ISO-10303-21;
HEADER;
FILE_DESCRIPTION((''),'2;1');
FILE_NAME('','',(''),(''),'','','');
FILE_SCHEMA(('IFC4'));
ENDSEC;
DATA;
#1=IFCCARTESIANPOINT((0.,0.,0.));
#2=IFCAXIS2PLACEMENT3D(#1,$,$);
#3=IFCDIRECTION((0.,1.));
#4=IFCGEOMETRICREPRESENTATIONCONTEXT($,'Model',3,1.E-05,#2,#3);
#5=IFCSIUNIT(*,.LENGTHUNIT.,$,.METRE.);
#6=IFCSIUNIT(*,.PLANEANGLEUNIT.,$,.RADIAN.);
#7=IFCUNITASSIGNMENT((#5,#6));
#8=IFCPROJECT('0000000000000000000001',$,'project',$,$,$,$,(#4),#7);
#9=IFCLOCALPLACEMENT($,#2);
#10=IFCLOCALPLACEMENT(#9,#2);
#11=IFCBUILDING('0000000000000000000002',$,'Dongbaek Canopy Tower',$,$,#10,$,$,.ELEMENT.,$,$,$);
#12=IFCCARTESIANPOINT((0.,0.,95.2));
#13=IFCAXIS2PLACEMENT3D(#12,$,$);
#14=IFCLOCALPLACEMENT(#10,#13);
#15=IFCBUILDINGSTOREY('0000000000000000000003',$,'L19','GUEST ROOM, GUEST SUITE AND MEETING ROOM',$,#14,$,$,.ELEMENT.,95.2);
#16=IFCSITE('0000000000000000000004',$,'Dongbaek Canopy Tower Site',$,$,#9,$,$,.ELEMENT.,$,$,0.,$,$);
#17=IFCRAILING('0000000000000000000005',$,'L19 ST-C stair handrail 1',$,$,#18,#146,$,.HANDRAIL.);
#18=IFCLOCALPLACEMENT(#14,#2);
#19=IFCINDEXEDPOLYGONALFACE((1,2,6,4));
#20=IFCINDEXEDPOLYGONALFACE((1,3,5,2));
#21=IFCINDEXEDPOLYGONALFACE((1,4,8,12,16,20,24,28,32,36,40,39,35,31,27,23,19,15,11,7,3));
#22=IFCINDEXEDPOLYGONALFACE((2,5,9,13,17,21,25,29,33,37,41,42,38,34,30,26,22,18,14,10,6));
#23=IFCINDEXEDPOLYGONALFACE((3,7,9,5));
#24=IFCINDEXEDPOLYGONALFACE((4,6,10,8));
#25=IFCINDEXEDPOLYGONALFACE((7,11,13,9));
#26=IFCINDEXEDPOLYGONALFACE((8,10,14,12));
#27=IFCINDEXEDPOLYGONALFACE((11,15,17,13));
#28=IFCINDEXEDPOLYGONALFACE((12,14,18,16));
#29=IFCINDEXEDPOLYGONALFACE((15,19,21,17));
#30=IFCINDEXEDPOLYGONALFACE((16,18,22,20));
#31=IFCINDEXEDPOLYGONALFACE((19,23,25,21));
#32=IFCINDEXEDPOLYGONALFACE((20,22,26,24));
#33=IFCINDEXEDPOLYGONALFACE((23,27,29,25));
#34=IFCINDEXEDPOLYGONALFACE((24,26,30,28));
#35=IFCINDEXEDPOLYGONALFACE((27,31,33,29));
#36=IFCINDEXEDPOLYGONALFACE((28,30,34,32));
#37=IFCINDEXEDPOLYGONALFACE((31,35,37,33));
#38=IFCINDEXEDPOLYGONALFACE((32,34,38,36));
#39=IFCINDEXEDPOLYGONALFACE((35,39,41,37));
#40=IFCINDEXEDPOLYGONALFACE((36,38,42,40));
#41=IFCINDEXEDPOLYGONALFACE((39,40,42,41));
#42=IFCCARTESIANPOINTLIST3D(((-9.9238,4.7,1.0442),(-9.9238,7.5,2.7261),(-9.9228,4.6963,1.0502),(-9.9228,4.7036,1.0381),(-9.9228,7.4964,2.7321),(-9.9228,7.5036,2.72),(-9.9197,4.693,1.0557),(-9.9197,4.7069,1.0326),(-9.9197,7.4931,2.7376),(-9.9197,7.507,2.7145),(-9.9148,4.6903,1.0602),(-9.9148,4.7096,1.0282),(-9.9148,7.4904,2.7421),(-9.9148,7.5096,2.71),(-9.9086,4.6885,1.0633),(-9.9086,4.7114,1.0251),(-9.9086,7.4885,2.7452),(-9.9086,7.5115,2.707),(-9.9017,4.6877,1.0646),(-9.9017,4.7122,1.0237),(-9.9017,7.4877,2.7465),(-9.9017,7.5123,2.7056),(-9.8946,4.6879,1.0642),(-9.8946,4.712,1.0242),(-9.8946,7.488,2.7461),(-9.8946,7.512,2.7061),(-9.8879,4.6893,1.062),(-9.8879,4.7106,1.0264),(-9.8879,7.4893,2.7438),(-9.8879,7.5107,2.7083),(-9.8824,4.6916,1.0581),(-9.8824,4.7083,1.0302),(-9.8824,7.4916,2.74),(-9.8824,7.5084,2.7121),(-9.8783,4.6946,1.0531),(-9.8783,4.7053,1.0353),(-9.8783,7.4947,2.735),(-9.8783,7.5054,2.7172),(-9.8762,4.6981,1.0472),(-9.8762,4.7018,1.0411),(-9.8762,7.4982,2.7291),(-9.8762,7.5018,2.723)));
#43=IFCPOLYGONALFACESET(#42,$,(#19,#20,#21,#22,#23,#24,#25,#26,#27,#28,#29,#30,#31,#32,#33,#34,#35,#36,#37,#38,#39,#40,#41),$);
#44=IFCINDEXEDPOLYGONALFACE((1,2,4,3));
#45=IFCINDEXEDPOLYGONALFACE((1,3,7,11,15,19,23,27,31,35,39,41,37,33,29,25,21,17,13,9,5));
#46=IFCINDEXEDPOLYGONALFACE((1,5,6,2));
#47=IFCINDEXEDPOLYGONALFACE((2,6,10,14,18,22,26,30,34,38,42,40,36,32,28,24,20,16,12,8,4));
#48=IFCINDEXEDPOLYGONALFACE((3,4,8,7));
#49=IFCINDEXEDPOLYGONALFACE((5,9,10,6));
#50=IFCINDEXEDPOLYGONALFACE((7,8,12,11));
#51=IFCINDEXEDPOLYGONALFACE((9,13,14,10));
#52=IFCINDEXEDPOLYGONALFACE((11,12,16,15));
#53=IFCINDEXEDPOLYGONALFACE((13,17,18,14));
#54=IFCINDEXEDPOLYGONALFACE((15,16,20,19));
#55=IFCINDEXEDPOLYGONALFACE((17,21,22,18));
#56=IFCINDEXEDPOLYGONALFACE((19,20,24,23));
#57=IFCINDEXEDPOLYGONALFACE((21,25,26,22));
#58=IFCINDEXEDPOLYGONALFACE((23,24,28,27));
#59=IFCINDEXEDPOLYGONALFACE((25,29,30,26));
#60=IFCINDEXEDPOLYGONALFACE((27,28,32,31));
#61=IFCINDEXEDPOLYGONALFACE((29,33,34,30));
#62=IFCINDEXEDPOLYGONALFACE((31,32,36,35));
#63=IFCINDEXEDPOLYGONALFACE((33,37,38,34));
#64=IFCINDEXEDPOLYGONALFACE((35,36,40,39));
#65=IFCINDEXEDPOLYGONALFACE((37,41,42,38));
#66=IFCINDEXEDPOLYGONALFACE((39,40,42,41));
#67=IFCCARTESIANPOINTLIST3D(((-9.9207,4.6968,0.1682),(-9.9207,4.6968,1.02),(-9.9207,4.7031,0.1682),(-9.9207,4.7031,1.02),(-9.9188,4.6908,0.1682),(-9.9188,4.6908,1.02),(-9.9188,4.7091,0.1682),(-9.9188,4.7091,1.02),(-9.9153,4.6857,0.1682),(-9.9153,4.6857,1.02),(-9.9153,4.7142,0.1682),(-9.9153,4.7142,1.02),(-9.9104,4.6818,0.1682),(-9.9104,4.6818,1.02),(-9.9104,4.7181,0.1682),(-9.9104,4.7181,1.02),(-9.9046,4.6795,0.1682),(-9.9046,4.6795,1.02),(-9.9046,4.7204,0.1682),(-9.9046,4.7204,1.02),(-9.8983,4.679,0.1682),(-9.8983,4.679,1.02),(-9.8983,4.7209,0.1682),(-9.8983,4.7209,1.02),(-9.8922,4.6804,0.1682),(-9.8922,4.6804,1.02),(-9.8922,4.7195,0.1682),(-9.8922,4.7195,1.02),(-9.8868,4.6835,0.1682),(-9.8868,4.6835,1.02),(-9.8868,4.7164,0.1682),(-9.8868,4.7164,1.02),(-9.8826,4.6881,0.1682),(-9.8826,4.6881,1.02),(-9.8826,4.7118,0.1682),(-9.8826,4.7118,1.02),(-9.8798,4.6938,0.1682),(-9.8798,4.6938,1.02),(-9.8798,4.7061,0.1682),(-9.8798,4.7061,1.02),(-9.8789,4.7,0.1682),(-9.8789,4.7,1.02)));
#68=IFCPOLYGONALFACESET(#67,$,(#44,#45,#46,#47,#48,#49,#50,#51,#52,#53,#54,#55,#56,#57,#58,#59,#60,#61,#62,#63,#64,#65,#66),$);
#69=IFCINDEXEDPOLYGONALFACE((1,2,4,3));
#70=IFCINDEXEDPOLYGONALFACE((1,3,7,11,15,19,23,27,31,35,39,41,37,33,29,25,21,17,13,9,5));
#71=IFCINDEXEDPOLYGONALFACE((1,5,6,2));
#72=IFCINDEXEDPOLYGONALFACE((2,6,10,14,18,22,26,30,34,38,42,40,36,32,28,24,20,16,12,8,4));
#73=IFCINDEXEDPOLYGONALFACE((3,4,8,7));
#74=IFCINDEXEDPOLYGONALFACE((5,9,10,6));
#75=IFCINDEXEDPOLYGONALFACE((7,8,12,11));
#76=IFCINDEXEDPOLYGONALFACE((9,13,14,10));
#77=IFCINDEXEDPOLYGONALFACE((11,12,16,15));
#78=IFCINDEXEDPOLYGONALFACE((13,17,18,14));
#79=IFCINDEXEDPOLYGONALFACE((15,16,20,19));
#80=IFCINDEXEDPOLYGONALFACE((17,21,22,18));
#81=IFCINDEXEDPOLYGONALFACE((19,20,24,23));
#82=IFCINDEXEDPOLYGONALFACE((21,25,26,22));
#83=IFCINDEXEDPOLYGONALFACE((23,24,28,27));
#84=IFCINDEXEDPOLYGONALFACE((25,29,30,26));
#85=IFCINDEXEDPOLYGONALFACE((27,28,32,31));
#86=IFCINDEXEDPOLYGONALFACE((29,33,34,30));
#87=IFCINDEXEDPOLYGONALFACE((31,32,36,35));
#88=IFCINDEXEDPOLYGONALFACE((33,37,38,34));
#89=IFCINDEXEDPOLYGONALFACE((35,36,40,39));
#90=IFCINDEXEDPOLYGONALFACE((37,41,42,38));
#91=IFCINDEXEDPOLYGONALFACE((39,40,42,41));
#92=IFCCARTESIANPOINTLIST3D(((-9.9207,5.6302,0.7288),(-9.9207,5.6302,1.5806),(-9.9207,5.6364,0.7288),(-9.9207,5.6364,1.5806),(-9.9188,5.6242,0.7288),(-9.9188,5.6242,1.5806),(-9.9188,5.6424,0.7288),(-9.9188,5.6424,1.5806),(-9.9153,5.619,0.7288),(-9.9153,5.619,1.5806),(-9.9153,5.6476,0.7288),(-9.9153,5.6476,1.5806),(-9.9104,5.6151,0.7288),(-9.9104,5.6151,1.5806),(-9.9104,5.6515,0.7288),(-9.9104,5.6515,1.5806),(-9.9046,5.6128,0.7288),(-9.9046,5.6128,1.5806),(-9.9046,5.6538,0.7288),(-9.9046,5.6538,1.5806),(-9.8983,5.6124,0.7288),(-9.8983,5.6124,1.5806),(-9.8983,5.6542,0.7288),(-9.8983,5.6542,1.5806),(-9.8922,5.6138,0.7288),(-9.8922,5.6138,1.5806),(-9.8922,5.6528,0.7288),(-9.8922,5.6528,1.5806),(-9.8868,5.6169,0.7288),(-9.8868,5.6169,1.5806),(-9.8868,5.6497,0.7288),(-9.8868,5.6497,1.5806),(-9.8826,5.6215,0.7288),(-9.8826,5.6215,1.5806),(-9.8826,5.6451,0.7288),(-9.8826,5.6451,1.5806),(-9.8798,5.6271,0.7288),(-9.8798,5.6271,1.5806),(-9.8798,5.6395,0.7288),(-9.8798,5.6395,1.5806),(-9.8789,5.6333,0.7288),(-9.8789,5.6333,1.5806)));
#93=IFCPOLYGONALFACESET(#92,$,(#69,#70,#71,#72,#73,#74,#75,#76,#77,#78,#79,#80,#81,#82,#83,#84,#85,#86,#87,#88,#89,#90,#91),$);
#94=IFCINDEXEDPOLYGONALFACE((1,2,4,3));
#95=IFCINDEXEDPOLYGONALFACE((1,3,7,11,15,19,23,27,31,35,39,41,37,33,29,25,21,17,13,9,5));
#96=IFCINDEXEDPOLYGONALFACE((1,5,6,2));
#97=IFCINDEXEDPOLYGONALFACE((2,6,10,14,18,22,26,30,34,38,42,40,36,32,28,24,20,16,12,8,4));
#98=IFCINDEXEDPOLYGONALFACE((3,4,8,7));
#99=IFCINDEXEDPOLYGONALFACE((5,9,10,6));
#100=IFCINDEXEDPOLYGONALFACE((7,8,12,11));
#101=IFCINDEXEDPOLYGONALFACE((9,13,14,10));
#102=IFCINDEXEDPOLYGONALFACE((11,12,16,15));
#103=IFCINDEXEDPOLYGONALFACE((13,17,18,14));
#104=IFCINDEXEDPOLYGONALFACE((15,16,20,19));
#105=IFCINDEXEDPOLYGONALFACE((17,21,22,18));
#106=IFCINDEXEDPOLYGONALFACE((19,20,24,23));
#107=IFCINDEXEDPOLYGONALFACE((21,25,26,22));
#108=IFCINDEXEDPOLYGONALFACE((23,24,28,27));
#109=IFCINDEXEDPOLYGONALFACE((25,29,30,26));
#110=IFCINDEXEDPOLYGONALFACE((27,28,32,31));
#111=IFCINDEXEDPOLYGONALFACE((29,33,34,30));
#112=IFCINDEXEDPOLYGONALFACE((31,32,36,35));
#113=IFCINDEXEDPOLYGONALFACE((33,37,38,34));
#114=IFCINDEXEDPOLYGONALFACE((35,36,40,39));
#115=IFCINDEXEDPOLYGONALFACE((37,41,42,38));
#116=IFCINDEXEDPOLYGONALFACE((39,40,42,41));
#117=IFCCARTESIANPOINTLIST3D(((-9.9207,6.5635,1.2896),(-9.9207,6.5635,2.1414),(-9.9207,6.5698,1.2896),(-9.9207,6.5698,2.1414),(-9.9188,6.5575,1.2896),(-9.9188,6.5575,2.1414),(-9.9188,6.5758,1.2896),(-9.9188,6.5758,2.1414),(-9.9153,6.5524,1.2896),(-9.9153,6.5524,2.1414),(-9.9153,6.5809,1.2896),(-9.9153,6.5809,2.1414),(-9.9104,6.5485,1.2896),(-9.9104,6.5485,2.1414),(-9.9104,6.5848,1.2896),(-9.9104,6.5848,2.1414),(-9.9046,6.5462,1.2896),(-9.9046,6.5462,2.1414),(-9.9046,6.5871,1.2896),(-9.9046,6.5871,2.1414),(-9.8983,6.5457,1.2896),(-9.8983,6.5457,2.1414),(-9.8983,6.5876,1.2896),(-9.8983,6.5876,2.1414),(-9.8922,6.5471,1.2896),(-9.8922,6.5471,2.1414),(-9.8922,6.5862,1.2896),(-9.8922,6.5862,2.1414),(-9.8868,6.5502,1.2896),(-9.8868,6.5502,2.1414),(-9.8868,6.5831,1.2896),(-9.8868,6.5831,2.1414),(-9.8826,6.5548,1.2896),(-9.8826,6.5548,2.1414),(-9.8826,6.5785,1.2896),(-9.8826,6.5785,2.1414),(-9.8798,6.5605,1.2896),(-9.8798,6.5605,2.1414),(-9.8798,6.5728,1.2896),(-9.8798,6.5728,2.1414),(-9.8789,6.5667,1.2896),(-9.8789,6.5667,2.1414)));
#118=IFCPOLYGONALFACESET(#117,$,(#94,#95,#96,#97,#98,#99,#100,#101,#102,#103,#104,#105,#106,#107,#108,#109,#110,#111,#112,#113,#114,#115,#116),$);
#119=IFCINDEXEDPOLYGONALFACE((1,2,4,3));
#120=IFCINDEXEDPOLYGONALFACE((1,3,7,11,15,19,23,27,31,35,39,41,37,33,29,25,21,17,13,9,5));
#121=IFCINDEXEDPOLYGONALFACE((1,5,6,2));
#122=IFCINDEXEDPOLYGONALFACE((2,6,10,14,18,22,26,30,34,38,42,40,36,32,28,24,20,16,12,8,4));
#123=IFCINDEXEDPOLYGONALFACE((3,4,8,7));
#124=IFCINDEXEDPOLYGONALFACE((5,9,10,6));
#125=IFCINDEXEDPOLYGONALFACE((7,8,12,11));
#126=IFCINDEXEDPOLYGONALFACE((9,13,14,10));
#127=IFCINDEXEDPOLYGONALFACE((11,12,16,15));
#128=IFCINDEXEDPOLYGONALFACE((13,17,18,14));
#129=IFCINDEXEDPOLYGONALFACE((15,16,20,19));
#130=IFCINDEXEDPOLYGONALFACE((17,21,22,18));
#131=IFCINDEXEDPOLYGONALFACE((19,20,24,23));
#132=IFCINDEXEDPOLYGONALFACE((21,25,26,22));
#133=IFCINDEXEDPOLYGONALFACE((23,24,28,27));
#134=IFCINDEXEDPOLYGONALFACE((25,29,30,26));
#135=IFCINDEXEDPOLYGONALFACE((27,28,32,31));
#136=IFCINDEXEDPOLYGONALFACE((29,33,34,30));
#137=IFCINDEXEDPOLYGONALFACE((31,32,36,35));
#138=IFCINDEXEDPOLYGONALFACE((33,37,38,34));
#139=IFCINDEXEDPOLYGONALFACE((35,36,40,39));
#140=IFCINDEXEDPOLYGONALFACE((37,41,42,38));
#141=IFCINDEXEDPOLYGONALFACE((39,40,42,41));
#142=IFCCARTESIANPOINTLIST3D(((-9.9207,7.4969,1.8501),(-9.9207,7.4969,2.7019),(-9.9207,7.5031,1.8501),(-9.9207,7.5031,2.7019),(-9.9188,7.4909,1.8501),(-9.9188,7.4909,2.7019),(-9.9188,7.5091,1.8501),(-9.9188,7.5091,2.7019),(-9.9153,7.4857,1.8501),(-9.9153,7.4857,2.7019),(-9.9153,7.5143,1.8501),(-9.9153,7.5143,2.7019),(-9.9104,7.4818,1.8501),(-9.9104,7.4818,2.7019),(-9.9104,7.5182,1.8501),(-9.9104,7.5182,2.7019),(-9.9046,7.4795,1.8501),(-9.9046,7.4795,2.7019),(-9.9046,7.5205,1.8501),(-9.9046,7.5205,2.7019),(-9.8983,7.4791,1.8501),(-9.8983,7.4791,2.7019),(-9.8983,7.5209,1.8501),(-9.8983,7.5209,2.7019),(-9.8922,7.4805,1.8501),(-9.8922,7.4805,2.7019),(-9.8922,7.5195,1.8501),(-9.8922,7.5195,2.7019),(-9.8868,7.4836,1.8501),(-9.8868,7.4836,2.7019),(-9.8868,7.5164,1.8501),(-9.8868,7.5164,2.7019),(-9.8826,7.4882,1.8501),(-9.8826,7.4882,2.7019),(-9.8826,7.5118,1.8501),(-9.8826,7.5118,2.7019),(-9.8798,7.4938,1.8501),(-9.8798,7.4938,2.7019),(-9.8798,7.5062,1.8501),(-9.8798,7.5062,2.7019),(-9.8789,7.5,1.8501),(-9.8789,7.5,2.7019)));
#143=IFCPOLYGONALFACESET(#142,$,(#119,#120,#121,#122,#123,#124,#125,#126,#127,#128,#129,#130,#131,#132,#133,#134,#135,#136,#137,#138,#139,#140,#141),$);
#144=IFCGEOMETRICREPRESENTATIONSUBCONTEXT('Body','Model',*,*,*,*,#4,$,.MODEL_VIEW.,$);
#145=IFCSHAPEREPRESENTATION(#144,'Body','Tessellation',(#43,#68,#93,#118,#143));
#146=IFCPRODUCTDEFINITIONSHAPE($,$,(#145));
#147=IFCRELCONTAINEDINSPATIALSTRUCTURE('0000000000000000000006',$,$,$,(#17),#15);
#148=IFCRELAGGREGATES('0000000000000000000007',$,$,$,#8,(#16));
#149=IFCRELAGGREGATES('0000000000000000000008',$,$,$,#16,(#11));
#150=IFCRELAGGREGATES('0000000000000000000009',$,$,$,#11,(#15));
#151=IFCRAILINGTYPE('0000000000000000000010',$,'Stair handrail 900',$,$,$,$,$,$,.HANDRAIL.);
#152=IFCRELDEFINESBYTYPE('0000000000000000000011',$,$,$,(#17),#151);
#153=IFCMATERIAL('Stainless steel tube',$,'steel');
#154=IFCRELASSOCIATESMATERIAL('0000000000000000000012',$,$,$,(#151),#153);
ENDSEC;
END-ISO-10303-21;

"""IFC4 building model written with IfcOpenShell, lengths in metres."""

from ifc_helpers import new_model, si_unit, direction, frame, origin, origin_2d, place, context, subcontext, project, spatial, circle, extrude, material, type_object, element, save


model = new_model("IFC4")

# Units and contexts
model_context = context("Model", 3, precision=1e-05, world=origin(), true_north=direction((0.0, 1.0)))
body_context = subcontext(model_context, "Body", "Model", "MODEL_VIEW")
ifc_project = project(units=[si_unit("LENGTHUNIT", "METRE"), si_unit("PLANEANGLEUNIT", "RADIAN")], contexts=[model_context])

# Site, building, storey
site_placement = place(None, origin())
site = spatial("IfcSite", under=ifc_project, at=site_placement, Name="Dongbaek Canopy Tower Site", CompositionType="ELEMENT", RefElevation=0.0)
building_placement = place(site_placement, origin())
building = spatial("IfcBuilding", under=site, at=building_placement, Name="Dongbaek Canopy Tower", CompositionType="ELEMENT")
storey_placement = place(building_placement, frame((0.0, 0.0, 95.2)))
storey = spatial("IfcBuildingStorey", under=building, at=storey_placement, Name="L19", Description="GUEST ROOM, GUEST SUITE AND MEETING ROOM", CompositionType="ELEMENT", Elevation=95.2)

# Railing
ifc_material_1 = material(Name="Stainless steel tube", Category="steel")
railing_type_1 = type_object("IfcRailingType", Name="Stair handrail 900", PredefinedType="HANDRAIL", material=ifc_material_1)
railing_1_placement = place(storey_placement, frame((-9.8999, 4.7, 0.1682)))
element("IfcRailing", 1, at=railing_1_placement, inside=storey, type_object=railing_type_1, Name="L19 ST-C stair handrail 1", PredefinedType="HANDRAIL", context=body_context, shape_type="SweptSolid", body=[
    extrude(circle(Radius=0.0239, at=origin_2d()), frame((0.0, 0.0, 0.876), z_axis=(0.0, 0.857242, 0.514913), x_axis=(-1.0, 0.0, 0.0)), (0.0, 0.0, 1.0), 3.2664),
    extrude(circle(Radius=0.021, at=origin_2d()), origin(), (0.0, 0.0, 1.0), 0.8518),
    extrude(circle(Radius=0.021, at=origin_2d()), frame((0.0, 0.9333, 0.5605)), (0.0, 0.0, 1.0), 0.8518),
    extrude(circle(Radius=0.021, at=origin_2d()), frame((0.0, 1.8667, 1.1213)), (0.0, 0.0, 1.0), 0.8518),
    extrude(circle(Radius=0.021, at=origin_2d()), frame((0.0, 2.8, 1.6819)), (0.0, 0.0, 1.0), 0.8518),
])

save(model, "model.ifc")
